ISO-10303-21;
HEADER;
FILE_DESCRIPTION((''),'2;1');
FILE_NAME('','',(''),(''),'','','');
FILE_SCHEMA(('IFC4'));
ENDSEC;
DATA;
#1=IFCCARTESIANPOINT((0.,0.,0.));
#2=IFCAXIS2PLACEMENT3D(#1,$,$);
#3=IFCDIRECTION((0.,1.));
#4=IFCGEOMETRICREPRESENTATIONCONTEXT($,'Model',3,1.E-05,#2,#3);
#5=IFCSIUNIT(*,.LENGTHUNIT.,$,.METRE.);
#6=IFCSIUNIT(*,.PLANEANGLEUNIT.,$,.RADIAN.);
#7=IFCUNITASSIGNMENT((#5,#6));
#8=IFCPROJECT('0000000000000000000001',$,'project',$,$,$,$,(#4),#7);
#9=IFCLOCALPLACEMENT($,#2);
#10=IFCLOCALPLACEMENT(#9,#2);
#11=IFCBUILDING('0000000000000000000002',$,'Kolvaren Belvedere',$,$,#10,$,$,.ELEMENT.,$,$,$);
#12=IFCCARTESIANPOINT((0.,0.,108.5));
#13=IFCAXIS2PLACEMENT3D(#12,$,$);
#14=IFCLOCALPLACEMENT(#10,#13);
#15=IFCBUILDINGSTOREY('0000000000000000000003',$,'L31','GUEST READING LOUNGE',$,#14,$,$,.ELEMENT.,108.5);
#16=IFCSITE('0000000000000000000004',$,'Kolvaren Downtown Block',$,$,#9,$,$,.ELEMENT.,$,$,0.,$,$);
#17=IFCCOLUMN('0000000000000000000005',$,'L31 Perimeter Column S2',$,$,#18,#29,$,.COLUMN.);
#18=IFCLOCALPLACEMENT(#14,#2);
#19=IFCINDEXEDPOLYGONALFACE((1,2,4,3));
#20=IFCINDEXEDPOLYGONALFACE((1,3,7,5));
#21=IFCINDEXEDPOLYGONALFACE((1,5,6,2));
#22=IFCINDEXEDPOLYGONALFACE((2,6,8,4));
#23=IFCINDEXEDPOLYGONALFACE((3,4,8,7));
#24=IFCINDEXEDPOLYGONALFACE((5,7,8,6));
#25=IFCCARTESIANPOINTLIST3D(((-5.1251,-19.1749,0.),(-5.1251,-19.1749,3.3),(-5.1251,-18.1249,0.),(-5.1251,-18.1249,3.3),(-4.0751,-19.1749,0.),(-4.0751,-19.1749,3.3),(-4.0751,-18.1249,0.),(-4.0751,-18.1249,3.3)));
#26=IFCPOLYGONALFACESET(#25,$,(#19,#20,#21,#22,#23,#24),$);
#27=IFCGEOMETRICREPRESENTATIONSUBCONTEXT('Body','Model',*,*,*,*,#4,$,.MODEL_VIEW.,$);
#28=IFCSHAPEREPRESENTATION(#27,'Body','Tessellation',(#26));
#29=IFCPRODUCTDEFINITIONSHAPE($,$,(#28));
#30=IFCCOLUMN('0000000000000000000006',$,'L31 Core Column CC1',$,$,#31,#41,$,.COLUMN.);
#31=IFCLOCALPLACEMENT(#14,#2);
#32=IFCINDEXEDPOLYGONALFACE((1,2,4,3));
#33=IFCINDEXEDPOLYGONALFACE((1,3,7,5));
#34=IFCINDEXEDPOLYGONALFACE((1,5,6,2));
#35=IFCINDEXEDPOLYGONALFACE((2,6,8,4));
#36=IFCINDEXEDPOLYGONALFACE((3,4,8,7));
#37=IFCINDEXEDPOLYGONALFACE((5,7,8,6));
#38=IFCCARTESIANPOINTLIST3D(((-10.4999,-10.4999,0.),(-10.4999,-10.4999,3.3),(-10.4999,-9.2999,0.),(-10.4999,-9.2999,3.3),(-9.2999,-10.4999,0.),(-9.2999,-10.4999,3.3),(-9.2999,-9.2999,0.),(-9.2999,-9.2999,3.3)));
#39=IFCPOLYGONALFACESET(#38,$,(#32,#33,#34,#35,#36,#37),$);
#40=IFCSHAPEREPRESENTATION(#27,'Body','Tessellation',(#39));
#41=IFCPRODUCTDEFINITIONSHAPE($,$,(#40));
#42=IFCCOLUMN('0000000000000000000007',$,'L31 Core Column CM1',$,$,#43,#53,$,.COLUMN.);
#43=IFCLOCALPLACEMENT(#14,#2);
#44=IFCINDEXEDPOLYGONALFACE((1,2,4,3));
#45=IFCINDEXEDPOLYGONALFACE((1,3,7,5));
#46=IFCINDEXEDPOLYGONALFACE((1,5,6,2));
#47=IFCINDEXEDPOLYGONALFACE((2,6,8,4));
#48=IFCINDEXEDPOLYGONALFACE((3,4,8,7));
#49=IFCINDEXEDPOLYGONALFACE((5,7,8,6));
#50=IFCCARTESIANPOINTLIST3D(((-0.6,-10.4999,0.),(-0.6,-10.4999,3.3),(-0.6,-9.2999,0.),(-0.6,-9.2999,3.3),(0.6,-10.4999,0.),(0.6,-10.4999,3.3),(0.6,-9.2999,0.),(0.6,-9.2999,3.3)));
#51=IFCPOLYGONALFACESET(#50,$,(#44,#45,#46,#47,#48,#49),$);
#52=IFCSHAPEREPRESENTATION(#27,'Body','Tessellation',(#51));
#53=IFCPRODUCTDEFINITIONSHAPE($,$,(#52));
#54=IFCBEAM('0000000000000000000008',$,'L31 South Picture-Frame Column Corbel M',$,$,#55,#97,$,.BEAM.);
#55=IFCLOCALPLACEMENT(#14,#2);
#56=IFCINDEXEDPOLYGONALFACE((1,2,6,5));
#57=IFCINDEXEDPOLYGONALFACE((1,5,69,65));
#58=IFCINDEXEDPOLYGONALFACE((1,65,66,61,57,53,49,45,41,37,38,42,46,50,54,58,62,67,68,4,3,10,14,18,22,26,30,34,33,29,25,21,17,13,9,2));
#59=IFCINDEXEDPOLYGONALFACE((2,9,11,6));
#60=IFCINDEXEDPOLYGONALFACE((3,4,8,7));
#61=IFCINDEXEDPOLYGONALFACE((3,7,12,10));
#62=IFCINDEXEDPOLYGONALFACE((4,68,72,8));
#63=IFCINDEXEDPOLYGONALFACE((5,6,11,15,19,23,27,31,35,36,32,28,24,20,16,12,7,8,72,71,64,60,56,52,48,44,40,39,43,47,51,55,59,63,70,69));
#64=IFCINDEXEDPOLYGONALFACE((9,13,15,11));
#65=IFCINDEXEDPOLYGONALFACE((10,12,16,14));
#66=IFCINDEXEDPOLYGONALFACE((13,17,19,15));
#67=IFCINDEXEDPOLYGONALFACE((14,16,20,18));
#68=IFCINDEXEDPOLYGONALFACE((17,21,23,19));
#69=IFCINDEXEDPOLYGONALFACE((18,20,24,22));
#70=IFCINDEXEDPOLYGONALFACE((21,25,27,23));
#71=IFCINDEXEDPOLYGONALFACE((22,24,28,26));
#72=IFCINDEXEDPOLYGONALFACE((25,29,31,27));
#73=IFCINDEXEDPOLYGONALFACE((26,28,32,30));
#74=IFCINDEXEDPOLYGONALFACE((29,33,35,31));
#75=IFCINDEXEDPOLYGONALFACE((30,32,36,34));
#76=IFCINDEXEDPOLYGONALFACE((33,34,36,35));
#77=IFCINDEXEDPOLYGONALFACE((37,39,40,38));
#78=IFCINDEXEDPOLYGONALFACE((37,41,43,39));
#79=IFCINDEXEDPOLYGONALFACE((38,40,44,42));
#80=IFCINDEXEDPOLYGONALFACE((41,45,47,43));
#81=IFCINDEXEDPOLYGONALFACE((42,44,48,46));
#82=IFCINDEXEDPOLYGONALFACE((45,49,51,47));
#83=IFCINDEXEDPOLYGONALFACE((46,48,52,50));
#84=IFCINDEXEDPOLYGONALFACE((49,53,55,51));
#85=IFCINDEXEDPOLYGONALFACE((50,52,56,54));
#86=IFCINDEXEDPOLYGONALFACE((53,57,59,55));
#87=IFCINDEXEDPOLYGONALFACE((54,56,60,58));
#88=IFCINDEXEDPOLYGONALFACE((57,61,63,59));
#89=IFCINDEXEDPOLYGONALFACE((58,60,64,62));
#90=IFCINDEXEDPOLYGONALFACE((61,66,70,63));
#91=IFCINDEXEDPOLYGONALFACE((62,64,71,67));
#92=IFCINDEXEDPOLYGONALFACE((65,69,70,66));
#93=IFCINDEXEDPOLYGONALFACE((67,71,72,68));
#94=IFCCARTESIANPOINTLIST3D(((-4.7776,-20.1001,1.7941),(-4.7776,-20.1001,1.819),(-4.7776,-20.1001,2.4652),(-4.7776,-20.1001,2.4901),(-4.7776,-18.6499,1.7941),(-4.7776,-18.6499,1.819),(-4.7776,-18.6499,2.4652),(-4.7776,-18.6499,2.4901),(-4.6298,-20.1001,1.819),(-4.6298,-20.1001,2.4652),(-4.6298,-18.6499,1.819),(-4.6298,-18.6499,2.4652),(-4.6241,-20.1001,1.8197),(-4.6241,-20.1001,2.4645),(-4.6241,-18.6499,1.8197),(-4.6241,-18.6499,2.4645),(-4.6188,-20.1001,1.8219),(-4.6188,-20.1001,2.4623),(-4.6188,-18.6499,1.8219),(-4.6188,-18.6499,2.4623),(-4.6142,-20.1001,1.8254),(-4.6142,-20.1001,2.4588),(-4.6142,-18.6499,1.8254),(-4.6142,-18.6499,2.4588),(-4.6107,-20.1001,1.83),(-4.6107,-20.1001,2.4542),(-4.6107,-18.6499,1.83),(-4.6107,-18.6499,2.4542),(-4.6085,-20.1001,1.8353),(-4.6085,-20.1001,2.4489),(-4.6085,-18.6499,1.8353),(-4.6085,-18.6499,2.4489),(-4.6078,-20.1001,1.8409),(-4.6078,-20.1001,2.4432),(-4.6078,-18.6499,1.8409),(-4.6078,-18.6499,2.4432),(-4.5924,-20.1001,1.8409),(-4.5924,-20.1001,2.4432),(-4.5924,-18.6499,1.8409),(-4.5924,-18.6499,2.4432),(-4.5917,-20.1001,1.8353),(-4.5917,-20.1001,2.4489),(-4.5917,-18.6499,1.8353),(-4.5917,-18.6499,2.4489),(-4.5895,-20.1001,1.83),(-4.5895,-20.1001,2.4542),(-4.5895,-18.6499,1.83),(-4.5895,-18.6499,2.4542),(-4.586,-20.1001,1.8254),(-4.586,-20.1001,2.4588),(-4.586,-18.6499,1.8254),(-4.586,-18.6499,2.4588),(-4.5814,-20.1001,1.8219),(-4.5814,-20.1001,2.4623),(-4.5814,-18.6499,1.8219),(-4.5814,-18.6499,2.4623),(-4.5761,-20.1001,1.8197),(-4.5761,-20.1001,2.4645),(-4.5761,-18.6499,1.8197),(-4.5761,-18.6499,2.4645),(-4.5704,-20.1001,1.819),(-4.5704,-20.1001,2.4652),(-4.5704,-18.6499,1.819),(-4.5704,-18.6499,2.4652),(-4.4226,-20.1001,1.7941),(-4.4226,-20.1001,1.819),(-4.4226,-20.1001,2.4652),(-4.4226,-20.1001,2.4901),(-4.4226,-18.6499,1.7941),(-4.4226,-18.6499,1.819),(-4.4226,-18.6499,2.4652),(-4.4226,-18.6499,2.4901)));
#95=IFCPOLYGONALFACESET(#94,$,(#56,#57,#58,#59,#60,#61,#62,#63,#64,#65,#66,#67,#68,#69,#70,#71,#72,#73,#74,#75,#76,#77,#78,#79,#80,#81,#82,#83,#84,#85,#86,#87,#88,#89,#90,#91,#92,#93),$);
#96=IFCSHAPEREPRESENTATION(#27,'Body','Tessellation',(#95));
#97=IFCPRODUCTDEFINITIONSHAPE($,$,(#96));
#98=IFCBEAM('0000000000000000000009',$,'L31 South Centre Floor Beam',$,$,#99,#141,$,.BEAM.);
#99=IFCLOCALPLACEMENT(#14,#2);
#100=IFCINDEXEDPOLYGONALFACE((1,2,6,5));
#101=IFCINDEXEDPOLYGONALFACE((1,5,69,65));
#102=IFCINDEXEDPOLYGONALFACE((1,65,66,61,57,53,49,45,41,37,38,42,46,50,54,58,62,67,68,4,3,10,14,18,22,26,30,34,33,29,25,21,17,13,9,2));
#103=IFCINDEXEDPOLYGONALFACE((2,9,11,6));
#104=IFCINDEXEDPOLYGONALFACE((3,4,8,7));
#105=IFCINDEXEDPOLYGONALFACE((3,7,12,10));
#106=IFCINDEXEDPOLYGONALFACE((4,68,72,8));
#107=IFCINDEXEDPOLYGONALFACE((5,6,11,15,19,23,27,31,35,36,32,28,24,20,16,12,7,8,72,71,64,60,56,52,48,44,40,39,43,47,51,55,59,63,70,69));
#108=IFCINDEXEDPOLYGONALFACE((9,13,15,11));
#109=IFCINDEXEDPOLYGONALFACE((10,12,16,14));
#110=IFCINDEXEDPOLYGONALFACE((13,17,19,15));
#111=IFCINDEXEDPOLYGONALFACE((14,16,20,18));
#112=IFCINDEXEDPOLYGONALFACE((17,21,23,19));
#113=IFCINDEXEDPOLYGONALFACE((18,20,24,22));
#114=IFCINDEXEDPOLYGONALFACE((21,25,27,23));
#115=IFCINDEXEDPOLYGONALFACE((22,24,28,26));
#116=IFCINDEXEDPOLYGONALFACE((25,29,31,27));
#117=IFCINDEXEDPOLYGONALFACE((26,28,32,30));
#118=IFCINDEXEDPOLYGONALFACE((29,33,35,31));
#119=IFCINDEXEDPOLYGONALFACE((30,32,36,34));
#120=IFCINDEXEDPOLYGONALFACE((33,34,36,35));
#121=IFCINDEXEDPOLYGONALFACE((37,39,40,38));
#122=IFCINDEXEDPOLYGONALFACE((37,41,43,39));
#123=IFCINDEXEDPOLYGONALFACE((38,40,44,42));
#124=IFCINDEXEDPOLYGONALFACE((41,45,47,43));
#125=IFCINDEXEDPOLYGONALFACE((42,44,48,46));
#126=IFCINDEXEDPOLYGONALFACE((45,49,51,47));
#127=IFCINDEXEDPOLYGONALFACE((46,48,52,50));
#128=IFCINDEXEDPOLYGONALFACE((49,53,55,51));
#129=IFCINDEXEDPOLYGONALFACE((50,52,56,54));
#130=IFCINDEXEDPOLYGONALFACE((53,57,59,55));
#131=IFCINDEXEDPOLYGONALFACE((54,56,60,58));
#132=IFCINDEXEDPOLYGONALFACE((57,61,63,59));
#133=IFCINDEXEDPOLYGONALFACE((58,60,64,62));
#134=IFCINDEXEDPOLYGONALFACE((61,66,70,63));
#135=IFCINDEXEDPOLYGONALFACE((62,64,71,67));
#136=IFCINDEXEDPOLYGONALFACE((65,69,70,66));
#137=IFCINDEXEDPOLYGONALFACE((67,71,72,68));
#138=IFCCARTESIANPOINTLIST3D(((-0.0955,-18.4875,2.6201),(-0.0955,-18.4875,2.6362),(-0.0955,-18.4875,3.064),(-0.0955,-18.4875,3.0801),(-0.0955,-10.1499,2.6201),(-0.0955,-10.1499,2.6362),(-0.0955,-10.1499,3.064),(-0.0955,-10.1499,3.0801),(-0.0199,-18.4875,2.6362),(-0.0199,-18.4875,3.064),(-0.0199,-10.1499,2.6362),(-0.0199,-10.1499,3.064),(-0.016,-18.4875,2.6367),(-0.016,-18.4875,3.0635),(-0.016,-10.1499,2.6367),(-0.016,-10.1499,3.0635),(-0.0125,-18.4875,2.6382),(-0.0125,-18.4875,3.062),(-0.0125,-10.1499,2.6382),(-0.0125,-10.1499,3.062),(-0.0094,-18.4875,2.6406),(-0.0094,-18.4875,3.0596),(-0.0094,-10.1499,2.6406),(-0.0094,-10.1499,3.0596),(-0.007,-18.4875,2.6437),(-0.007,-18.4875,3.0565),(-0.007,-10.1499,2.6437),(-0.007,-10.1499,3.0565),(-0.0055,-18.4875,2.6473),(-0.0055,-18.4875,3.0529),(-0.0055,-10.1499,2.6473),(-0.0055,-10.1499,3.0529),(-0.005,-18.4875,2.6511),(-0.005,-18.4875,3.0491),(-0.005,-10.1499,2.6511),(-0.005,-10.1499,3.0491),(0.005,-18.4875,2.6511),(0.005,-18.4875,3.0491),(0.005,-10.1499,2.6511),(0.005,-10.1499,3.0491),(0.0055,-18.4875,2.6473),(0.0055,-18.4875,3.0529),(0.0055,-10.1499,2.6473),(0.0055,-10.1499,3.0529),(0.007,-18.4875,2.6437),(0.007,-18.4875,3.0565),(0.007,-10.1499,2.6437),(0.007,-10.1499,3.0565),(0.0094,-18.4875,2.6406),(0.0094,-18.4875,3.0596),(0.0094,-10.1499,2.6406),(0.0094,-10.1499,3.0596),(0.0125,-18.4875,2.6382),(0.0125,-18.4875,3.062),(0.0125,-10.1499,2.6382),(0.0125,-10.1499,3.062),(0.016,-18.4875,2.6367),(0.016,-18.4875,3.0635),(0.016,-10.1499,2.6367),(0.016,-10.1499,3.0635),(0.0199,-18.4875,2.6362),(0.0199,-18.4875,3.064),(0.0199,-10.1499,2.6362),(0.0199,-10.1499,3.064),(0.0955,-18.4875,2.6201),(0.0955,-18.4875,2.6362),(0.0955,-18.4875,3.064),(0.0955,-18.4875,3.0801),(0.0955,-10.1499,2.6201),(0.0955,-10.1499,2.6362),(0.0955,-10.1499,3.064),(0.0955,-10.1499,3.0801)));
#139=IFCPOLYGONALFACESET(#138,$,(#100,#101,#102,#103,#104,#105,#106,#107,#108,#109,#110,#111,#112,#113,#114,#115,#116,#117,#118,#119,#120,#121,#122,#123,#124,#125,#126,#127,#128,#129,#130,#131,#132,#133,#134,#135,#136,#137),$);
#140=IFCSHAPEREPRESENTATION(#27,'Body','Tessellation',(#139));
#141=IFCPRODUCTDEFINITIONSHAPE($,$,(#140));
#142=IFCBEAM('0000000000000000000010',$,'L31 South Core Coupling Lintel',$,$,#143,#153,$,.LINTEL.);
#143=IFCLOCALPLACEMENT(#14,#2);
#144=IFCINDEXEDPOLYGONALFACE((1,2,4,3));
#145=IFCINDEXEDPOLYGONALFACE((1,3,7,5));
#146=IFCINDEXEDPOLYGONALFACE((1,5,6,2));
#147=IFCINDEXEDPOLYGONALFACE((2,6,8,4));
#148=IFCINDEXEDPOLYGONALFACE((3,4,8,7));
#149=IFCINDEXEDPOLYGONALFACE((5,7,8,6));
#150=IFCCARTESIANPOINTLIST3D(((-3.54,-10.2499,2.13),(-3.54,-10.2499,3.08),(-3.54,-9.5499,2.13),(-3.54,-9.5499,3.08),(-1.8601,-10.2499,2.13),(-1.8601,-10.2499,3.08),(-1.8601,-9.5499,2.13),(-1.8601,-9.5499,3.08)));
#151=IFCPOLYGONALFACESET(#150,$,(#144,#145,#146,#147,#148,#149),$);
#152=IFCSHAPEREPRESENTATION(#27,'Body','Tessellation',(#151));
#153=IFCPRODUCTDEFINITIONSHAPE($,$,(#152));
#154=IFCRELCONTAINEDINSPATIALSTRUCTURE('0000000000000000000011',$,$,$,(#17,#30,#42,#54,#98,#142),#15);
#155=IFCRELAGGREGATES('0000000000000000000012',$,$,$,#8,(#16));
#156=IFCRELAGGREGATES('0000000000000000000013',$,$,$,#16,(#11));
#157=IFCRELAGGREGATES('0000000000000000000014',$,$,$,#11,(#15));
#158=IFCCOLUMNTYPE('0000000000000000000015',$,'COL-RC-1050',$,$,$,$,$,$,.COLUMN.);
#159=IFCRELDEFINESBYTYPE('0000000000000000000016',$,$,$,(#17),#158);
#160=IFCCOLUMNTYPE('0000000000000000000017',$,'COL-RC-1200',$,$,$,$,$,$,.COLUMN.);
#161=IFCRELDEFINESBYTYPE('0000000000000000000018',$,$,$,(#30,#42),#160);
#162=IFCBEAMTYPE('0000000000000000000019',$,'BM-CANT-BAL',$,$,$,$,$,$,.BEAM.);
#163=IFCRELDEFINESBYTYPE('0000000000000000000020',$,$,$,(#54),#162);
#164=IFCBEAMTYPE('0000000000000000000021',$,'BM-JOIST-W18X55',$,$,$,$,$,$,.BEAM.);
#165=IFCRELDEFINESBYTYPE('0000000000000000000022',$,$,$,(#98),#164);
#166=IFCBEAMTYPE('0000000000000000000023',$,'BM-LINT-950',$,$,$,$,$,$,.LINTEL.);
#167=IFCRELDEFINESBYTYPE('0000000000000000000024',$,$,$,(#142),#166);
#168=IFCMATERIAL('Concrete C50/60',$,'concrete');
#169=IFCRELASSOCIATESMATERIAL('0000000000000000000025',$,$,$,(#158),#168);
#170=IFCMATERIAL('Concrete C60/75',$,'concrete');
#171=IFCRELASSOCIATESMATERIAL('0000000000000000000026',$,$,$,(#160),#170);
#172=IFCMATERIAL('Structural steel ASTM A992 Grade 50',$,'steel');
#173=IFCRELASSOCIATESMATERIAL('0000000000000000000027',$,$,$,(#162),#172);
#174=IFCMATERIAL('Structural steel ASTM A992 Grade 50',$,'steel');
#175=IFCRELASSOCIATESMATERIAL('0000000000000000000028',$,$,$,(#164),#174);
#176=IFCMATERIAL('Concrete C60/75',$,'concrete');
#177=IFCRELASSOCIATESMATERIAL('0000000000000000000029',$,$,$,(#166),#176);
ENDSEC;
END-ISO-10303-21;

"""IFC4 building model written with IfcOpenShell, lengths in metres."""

from ifc_helpers import new_model, si_unit, direction, frame, origin, origin_2d, place, context, subcontext, project, spatial, rectangle, i_section, extrude, material, material_profile, profile_set, type_object, element, save


model = new_model("IFC4")

# Units and contexts
model_context = context("Model", 3, precision=1e-05, world=origin(), true_north=direction((0.0, 1.0)))
body_context = subcontext(model_context, "Body", "Model", "MODEL_VIEW")
ifc_project = project(units=[si_unit("LENGTHUNIT", "METRE"), si_unit("PLANEANGLEUNIT", "RADIAN")], contexts=[model_context])

# Site, building, storey
site_placement = place(None, origin())
site = spatial("IfcSite", under=ifc_project, at=site_placement, Name="Kolvaren Downtown Block", CompositionType="ELEMENT", RefElevation=0.0)
building_placement = place(site_placement, origin())
building = spatial("IfcBuilding", under=site, at=building_placement, Name="Kolvaren Belvedere", CompositionType="ELEMENT")
storey_placement = place(building_placement, frame((0.0, 0.0, 108.5)))
storey = spatial("IfcBuildingStorey", under=building, at=storey_placement, Name="L31", Description="GUEST READING LOUNGE", CompositionType="ELEMENT", Elevation=108.5)

# Columns
ifc_material_1 = material(Name="Concrete C50/60", Category="concrete")
ifc_material_profile_1 = material_profile(ifc_material_1, rectangle(XDim=1.05, YDim=1.05, at=origin_2d()), Name="RC 1050X1050")
ifc_profile_set_1 = profile_set([ifc_material_profile_1], Name="Concrete C50/60")
column_type_1 = type_object("IfcColumnType", Name="COL-RC-1050", PredefinedType="COLUMN", material=ifc_profile_set_1)
column_placement = place(storey_placement, frame((-4.6001, -18.6499, 0.0), z_axis=(0.0, 0.0, 1.0), x_axis=(1.0, 0.0, 0.0)))
element("IfcColumn", 1, at=column_placement, inside=storey, type_object=column_type_1, Name="L31 Perimeter Column S2", PredefinedType="COLUMN", context=body_context, shape_type="SweptSolid", body=[
    extrude(rectangle(XDim=1.05, YDim=1.05, at=origin_2d()), origin(), (0.0, 0.0, 1.0), 3.3),
])
ifc_material_2 = material(Name="Concrete C60/75", Category="concrete")
ifc_material_profile_2 = material_profile(ifc_material_2, rectangle(XDim=1.2, YDim=1.2, at=origin_2d()), Name="RC 1200X1200")
ifc_profile_set_2 = profile_set([ifc_material_profile_2], Name="Concrete C60/75")
column_type_2 = type_object("IfcColumnType", Name="COL-RC-1200", PredefinedType="COLUMN", material=ifc_profile_set_2)
for number, where, z_axis, x_axis, name in (
    (2, (-9.8999, -9.8999, 0.0), (0.0, 0.0, 1.0), (1.0, 0.0, 0.0), "L31 Core Column CC1"),
    (3, (0.0, -9.8999, 0.0), (0.0, 0.0, 1.0), (1.0, 0.0, 0.0), "L31 Core Column CM1"),
):
    element("IfcColumn", number, at=place(storey_placement, frame(where, z_axis=z_axis, x_axis=x_axis)), inside=storey, type_object=column_type_2, Name=name, PredefinedType="COLUMN", context=body_context, shape_type="SweptSolid", body=[
        extrude(rectangle(XDim=1.2, YDim=1.2, at=origin_2d()), origin(), (0.0, 0.0, 1.0), 3.3),
    ])

# Beams
ifc_material_3 = material(Name="Structural steel ASTM A992 Grade 50", Category="steel")
ifc_material_profile_3 = material_profile(ifc_material_3, i_section(OverallWidth=0.355, OverallDepth=0.696, WebThickness=0.0154, FlangeThickness=0.0249, FilletRadius=0.022, at=origin_2d()), Name="W27X146")
ifc_profile_set_3 = profile_set([ifc_material_profile_3], Name="Structural steel ASTM A992 Grade 50")
beam_type_1 = type_object("IfcBeamType", Name="BM-CANT-BAL", PredefinedType="BEAM", material=ifc_profile_set_3)
beam_1_placement = place(storey_placement, frame((-4.6001, -18.6499, 2.1421), z_axis=(0.0, -1.0, 0.0), x_axis=(1.0, 0.0, 0.0)))
element("IfcBeam", 4, at=beam_1_placement, inside=storey, type_object=beam_type_1, Name="L31 South Picture-Frame Column Corbel M", PredefinedType="BEAM", context=body_context, shape_type="SweptSolid", body=[
    extrude(i_section(OverallWidth=0.355, OverallDepth=0.696, WebThickness=0.0154, FlangeThickness=0.0249, FilletRadius=0.022, at=origin_2d()), origin(), (0.0, 0.0, 1.0), 1.4502),
])
ifc_material_4 = material(Name="Structural steel ASTM A992 Grade 50", Category="steel")
ifc_material_profile_4 = material_profile(ifc_material_4, i_section(OverallWidth=0.1909, OverallDepth=0.46, WebThickness=0.01, FlangeThickness=0.0161, FilletRadius=0.0149, at=origin_2d()), Name="W18X55")
ifc_profile_set_4 = profile_set([ifc_material_profile_4], Name="Structural steel ASTM A992 Grade 50")
beam_type_2 = type_object("IfcBeamType", Name="BM-JOIST-W18X55", PredefinedType="BEAM", material=ifc_profile_set_4)
beam_2_placement = place(storey_placement, frame((0.0, -10.1499, 2.8501), z_axis=(0.0, -1.0, 0.0), x_axis=(1.0, 0.0, 0.0)))
element("IfcBeam", 5, at=beam_2_placement, inside=storey, type_object=beam_type_2, Name="L31 South Centre Floor Beam", PredefinedType="BEAM", context=body_context, shape_type="SweptSolid", body=[
    extrude(i_section(OverallWidth=0.1909, OverallDepth=0.46, WebThickness=0.01, FlangeThickness=0.0161, FilletRadius=0.0149, at=origin_2d()), origin(), (0.0, 0.0, 1.0), 8.3376),
])
ifc_material_5 = material(Name="Concrete C60/75", Category="concrete")
ifc_material_profile_5 = material_profile(ifc_material_5, rectangle(XDim=0.7, YDim=0.95, at=origin_2d()), Name="RC 700X950")
ifc_profile_set_5 = profile_set([ifc_material_profile_5], Name="Concrete C60/75")
beam_type_3 = type_object("IfcBeamType", Name="BM-LINT-950", PredefinedType="LINTEL", material=ifc_profile_set_5)
beam_3_placement = place(storey_placement, frame((-3.54, -9.8999, 2.605), z_axis=(1.0, 0.0, 0.0), x_axis=(0.0, 1.0, 0.0)))
element("IfcBeam", 6, at=beam_3_placement, inside=storey, type_object=beam_type_3, Name="L31 South Core Coupling Lintel", PredefinedType="LINTEL", context=body_context, shape_type="SweptSolid", body=[
    extrude(rectangle(XDim=0.7, YDim=0.95, at=origin_2d()), origin(), (0.0, 0.0, 1.0), 1.6799),
])

save(model, "model.ifc")
